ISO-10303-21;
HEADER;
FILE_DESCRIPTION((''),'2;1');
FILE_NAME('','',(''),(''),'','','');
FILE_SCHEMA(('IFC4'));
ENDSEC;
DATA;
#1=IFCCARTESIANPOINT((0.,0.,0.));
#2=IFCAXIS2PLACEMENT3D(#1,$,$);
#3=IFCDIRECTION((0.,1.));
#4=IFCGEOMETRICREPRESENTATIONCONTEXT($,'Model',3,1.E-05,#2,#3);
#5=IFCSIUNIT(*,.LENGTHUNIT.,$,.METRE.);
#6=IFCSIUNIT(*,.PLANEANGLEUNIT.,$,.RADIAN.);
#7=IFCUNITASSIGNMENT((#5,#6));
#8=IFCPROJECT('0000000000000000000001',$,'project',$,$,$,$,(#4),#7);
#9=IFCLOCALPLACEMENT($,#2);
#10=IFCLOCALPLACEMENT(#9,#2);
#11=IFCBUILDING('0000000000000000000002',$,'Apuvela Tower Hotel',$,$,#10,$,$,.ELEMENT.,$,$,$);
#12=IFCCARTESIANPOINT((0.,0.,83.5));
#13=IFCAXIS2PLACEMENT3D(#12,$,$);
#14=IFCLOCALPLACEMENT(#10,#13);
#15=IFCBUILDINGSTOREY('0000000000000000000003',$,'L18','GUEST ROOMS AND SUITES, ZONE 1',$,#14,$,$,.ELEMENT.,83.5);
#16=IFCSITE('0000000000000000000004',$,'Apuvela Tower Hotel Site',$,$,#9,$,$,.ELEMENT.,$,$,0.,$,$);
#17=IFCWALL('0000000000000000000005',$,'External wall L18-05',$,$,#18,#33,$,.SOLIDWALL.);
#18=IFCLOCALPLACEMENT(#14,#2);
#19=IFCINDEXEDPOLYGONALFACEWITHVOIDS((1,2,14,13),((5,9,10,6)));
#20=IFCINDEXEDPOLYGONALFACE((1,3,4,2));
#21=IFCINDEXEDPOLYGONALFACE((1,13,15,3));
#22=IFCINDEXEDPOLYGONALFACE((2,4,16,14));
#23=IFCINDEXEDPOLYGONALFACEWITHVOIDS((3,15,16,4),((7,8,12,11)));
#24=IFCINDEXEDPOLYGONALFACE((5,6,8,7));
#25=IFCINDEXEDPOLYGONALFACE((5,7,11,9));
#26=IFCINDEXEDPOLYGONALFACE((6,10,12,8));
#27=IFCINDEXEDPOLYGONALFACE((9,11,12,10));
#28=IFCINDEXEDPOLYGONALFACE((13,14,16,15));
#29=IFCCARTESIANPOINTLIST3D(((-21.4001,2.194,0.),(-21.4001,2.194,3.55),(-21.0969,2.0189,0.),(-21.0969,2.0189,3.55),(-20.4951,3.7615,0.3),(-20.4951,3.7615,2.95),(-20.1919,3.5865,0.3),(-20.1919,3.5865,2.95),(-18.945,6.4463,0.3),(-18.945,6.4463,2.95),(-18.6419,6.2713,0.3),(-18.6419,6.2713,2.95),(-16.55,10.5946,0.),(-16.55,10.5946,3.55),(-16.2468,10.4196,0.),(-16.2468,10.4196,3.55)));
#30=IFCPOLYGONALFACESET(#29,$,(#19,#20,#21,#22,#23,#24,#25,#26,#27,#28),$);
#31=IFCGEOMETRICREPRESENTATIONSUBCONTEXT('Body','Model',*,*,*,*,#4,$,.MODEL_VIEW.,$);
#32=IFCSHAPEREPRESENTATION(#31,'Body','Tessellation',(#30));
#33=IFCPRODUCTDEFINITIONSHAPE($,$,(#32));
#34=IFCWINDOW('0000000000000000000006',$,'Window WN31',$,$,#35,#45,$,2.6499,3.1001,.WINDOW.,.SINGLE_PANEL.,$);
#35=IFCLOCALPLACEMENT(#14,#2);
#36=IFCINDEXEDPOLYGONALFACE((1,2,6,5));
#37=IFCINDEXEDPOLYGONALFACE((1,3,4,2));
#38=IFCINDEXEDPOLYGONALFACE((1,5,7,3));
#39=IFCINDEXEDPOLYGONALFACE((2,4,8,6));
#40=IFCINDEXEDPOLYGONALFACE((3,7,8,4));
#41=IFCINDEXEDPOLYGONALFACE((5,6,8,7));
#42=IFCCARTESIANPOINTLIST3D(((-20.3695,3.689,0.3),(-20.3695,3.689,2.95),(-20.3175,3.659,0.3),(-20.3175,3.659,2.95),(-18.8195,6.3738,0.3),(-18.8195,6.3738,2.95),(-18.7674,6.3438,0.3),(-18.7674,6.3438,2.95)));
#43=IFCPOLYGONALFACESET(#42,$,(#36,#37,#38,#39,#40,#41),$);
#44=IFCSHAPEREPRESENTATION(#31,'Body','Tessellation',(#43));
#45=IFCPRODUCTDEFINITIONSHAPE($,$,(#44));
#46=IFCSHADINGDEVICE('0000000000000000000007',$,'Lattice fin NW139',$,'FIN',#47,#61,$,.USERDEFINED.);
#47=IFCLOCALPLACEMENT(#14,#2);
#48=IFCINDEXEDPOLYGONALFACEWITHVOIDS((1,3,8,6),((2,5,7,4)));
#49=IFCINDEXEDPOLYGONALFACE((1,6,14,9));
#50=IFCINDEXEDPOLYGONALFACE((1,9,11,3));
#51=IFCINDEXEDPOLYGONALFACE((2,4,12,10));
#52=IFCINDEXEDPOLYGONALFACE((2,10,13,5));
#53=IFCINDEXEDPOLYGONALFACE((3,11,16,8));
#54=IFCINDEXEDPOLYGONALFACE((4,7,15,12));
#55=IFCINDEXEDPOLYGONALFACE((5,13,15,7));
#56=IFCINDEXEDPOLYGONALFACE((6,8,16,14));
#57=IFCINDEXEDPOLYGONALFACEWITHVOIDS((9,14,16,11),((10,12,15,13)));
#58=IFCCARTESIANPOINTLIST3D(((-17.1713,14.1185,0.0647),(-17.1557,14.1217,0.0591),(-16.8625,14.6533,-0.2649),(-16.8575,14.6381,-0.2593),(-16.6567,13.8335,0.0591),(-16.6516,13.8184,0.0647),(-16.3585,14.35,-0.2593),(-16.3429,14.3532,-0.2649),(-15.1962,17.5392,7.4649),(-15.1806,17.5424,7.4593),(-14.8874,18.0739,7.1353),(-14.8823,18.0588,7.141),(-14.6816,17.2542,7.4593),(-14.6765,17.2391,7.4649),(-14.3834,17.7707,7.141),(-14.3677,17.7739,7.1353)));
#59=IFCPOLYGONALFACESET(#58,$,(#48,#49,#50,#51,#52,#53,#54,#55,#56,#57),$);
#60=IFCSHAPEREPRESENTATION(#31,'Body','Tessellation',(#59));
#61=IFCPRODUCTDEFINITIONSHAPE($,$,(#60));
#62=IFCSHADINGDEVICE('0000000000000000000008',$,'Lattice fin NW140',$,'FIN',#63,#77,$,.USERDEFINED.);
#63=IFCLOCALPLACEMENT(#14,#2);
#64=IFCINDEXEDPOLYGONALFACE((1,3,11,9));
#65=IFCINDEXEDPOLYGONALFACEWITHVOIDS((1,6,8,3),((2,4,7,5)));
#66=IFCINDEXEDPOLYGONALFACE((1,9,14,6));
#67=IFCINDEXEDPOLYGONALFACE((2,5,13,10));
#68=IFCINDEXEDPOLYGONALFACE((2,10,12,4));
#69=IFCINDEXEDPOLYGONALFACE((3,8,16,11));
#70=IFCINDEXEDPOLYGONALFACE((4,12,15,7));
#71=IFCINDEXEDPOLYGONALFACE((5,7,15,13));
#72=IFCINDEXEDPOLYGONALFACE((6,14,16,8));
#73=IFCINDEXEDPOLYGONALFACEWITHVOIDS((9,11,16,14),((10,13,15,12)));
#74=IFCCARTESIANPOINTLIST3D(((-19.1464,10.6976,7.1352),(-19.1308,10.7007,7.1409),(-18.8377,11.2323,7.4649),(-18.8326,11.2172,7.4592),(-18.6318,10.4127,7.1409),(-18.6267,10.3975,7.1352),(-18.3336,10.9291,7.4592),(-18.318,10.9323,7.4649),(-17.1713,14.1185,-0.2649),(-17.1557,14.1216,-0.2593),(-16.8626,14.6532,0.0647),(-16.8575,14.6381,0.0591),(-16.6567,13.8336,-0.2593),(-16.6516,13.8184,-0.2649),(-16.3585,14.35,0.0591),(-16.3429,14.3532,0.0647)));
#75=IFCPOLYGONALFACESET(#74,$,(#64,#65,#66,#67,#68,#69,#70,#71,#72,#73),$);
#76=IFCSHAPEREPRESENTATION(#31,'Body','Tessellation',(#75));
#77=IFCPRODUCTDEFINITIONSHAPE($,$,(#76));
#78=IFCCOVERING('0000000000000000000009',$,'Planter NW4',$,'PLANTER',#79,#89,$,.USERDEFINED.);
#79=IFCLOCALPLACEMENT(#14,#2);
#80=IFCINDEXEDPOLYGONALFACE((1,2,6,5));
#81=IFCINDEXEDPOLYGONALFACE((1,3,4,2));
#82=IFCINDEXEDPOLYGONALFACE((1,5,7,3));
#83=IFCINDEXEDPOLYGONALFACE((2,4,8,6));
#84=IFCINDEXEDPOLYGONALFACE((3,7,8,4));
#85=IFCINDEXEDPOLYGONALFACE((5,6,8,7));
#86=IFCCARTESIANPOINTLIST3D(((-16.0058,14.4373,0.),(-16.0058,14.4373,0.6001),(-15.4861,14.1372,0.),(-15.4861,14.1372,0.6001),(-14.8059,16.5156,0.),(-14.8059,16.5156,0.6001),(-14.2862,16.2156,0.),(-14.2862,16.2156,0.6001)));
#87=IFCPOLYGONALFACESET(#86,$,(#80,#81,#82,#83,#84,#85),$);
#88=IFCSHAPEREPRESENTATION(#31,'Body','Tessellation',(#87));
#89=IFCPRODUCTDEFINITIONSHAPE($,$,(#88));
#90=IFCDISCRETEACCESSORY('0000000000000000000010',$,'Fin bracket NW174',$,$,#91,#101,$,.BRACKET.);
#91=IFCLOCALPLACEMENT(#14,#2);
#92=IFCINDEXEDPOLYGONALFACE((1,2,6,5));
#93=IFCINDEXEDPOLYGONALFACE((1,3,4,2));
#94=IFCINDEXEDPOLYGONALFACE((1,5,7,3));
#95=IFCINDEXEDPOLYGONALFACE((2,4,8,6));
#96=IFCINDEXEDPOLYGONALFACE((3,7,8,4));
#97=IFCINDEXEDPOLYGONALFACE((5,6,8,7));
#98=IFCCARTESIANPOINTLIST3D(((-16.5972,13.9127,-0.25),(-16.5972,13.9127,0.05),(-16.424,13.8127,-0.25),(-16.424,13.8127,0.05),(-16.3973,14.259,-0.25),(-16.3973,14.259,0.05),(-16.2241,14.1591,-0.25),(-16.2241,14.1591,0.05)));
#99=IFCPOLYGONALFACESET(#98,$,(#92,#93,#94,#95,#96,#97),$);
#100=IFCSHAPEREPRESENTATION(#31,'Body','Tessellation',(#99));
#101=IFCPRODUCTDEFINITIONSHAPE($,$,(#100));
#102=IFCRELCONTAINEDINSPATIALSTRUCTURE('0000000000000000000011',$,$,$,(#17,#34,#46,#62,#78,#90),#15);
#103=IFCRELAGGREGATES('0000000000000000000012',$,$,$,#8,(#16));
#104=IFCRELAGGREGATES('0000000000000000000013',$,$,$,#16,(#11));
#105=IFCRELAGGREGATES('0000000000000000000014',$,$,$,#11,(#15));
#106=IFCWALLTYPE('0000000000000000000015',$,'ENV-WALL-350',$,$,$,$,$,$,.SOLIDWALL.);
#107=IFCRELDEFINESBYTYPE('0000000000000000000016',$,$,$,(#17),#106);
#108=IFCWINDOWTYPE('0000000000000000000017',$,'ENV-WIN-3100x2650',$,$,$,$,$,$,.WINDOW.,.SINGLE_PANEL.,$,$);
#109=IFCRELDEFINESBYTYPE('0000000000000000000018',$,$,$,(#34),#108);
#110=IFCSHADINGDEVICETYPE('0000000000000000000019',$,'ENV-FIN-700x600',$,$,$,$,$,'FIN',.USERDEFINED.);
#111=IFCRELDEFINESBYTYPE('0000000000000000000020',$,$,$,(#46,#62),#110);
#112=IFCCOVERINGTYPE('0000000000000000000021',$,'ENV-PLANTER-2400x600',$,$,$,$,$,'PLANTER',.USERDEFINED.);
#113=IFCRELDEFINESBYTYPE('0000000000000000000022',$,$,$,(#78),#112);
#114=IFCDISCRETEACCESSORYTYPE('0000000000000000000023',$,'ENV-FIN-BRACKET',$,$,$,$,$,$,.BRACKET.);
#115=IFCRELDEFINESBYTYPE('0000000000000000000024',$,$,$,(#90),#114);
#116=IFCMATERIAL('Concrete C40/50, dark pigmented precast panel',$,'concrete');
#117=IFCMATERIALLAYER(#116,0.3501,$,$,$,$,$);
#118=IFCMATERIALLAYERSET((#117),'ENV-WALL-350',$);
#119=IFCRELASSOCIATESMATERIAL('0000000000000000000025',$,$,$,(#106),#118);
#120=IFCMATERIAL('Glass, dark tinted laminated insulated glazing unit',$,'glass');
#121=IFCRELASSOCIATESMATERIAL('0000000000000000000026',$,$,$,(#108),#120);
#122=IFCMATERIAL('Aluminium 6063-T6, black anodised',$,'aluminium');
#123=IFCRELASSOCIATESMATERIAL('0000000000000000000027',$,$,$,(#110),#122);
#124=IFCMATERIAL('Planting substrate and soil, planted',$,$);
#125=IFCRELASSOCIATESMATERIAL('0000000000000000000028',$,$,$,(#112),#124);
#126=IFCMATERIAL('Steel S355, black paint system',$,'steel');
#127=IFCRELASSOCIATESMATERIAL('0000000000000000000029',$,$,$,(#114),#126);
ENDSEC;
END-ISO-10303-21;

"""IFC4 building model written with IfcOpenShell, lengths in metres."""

from ifc_helpers import new_model, si_unit, direction, frame, frame_2d, origin, origin_2d, place, context, subcontext, project, spatial, rectangle, hollow_rectangle, extrude, material, layer, layer_set, material_profile, profile_set, type_object, element, fill, save


model = new_model("IFC4")

# Units and contexts
model_context = context("Model", 3, precision=1e-05, world=origin(), true_north=direction((0.0, 1.0)))
body_context = subcontext(model_context, "Body", "Model", "MODEL_VIEW")
ifc_project = project(units=[si_unit("LENGTHUNIT", "METRE"), si_unit("PLANEANGLEUNIT", "RADIAN")], contexts=[model_context])

# Site, building, storey
site_placement = place(None, origin())
site = spatial("IfcSite", under=ifc_project, at=site_placement, Name="Apuvela Tower Hotel Site", CompositionType="ELEMENT", RefElevation=0.0)
building_placement = place(site_placement, origin())
building = spatial("IfcBuilding", under=site, at=building_placement, Name="Apuvela Tower Hotel", CompositionType="ELEMENT")
storey_placement = place(building_placement, frame((0.0, 0.0, 83.5)))
storey = spatial("IfcBuildingStorey", under=building, at=storey_placement, Name="L18", Description="GUEST ROOMS AND SUITES, ZONE 1", CompositionType="ELEMENT", Elevation=83.5)

# Shared definitions
ifc_material_1 = material(Name="Concrete C40/50, dark pigmented precast panel", Category="concrete")
ifc_layer_1 = layer(ifc_material_1, 0.3501)
ifc_layer_set_1 = layer_set([ifc_layer_1], Name="ENV-WALL-350")
wall_type_1 = type_object("IfcWallType", Name="ENV-WALL-350", PredefinedType="SOLIDWALL", material=ifc_layer_set_1)

# Shared definitions
ifc_material_2 = material(Name="Glass, dark tinted laminated insulated glazing unit", Category="glass")

# Wall, opening, window
wall_1_placement = place(storey_placement, frame((-16.3984, 10.5071, 0.0), z_axis=(0.0, 0.0, 1.0), x_axis=(-0.499999, -0.866026, 0.0)))
wall_1 = element("IfcWall", 1, at=wall_1_placement, inside=storey, type_object=wall_type_1, Name="External wall L18-05", PredefinedType="SOLIDWALL", context=body_context, shape_type="SweptSolid", body=[
    extrude(rectangle(XDim=9.7002, YDim=0.3501, at=frame_2d((4.8501, 0.0))), origin(), (0.0, 0.0, 1.0), 3.55),
])
opening_1_placement = place(wall_1_placement, frame((4.79, 0.0, 0.3)))
opening_1 = element("IfcOpeningElement", 2, at=opening_1_placement, cuts=wall_1, PredefinedType="OPENING", context=body_context, shape_type="SweptSolid", body=[
    extrude(rectangle(XDim=3.1001, YDim=2.6499, at=frame_2d((1.55, 1.325))), frame((0.0, 0.1851, 0.0), z_axis=(0.0, -1.0, 0.0), x_axis=(1.0, 0.0, 0.0)), (0.0, 0.0, 1.0), 0.3701),
])
window_type_1 = type_object("IfcWindowType", Name="ENV-WIN-3100x2650", PartitioningType="SINGLE_PANEL", PredefinedType="WINDOW", material=ifc_material_2)
window_1_placement = place(opening_1_placement, origin())
window_1 = element("IfcWindow", 3, at=window_1_placement, inside=storey, type_object=window_type_1, Name="Window WN31", OverallHeight=2.6499, OverallWidth=3.1001, PartitioningType="SINGLE_PANEL", PredefinedType="WINDOW", context=body_context, shape_type="SweptSolid", body=[
    extrude(rectangle(XDim=3.1001, YDim=2.6499, at=frame_2d((1.55, 1.325))), frame((0.0, 0.03, 0.0), z_axis=(0.0, -1.0, 0.0), x_axis=(1.0, 0.0, 0.0)), (0.0, 0.0, 1.0), 0.0601),
])
fill(opening_1, window_1)

# Shading devices
ifc_material_3 = material(Name="Aluminium 6063-T6, black anodised", Category="aluminium")
ifc_material_profile_1 = material_profile(ifc_material_3, hollow_rectangle(XDim=0.6001, YDim=0.7, WallThickness=0.012, at=origin_2d()), Name="AL BOX 700x600x12")
ifc_profile_set_1 = profile_set([ifc_material_profile_1], Name="Aluminium 6063-T6, black anodised")
shading_device_type = type_object("IfcShadingDeviceType", Name="ENV-FIN-700x600", ElementType="FIN", PredefinedType="USERDEFINED", material=ifc_profile_set_1)
for number, where, z_axis, x_axis, name in (
    (4, (-16.7571, 14.2358, -0.1001), (0.235458, 0.407787, 0.882196), (-0.866005, 0.500035, 0.0), "Lattice fin NW139"),
    (5, (-16.7571, 14.2358, -0.1001), (-0.235455, -0.407812, 0.882185), (0.866021, -0.500008, 0.0), "Lattice fin NW140"),
):
    element("IfcShadingDevice", number, at=place(storey_placement, frame(where, z_axis=z_axis, x_axis=x_axis)), inside=storey, type_object=shading_device_type, Name=name, ObjectType="FIN", PredefinedType="USERDEFINED", context=body_context, shape_type="SweptSolid", body=[
        extrude(hollow_rectangle(XDim=0.6001, YDim=0.7, WallThickness=0.012, at=origin_2d()), origin(), (0.0, 0.0, 1.0), 8.3884),
    ])

# Covering
ifc_material_4 = material(Name="Planting substrate and soil, planted")
covering_type = type_object("IfcCoveringType", Name="ENV-PLANTER-2400x600", ElementType="PLANTER", PredefinedType="USERDEFINED", material=ifc_material_4)
covering_placement = place(storey_placement, frame((-15.146, 15.3264, 0.0), z_axis=(0.0, 0.0, 1.0), x_axis=(-0.5, -0.866025, 0.0)))
element("IfcCovering", 6, at=covering_placement, inside=storey, type_object=covering_type, Name="Planter NW4", ObjectType="PLANTER", PredefinedType="USERDEFINED", context=body_context, shape_type="SweptSolid", body=[
    extrude(rectangle(XDim=2.3999, YDim=0.6001, at=origin_2d()), origin(), (0.0, 0.0, 1.0), 0.6001),
])

# Discrete accessory
ifc_material_5 = material(Name="Steel S355, black paint system", Category="steel")
discrete_accessory_type = type_object("IfcDiscreteAccessoryType", Name="ENV-FIN-BRACKET", PredefinedType="BRACKET", material=ifc_material_5)
discrete_accessory_placement = place(storey_placement, frame((-16.4106, 14.0359, -0.25), z_axis=(0.0, 0.0, 1.0), x_axis=(-0.5, -0.866025, 0.0)))
element("IfcDiscreteAccessory", 7, at=discrete_accessory_placement, inside=storey, type_object=discrete_accessory_type, Name="Fin bracket NW174", PredefinedType="BRACKET", context=body_context, shape_type="SweptSolid", body=[
    extrude(rectangle(XDim=0.3999, YDim=0.2, at=origin_2d()), origin(), (0.0, 0.0, 1.0), 0.3),
])

save(model, "model.ifc")
